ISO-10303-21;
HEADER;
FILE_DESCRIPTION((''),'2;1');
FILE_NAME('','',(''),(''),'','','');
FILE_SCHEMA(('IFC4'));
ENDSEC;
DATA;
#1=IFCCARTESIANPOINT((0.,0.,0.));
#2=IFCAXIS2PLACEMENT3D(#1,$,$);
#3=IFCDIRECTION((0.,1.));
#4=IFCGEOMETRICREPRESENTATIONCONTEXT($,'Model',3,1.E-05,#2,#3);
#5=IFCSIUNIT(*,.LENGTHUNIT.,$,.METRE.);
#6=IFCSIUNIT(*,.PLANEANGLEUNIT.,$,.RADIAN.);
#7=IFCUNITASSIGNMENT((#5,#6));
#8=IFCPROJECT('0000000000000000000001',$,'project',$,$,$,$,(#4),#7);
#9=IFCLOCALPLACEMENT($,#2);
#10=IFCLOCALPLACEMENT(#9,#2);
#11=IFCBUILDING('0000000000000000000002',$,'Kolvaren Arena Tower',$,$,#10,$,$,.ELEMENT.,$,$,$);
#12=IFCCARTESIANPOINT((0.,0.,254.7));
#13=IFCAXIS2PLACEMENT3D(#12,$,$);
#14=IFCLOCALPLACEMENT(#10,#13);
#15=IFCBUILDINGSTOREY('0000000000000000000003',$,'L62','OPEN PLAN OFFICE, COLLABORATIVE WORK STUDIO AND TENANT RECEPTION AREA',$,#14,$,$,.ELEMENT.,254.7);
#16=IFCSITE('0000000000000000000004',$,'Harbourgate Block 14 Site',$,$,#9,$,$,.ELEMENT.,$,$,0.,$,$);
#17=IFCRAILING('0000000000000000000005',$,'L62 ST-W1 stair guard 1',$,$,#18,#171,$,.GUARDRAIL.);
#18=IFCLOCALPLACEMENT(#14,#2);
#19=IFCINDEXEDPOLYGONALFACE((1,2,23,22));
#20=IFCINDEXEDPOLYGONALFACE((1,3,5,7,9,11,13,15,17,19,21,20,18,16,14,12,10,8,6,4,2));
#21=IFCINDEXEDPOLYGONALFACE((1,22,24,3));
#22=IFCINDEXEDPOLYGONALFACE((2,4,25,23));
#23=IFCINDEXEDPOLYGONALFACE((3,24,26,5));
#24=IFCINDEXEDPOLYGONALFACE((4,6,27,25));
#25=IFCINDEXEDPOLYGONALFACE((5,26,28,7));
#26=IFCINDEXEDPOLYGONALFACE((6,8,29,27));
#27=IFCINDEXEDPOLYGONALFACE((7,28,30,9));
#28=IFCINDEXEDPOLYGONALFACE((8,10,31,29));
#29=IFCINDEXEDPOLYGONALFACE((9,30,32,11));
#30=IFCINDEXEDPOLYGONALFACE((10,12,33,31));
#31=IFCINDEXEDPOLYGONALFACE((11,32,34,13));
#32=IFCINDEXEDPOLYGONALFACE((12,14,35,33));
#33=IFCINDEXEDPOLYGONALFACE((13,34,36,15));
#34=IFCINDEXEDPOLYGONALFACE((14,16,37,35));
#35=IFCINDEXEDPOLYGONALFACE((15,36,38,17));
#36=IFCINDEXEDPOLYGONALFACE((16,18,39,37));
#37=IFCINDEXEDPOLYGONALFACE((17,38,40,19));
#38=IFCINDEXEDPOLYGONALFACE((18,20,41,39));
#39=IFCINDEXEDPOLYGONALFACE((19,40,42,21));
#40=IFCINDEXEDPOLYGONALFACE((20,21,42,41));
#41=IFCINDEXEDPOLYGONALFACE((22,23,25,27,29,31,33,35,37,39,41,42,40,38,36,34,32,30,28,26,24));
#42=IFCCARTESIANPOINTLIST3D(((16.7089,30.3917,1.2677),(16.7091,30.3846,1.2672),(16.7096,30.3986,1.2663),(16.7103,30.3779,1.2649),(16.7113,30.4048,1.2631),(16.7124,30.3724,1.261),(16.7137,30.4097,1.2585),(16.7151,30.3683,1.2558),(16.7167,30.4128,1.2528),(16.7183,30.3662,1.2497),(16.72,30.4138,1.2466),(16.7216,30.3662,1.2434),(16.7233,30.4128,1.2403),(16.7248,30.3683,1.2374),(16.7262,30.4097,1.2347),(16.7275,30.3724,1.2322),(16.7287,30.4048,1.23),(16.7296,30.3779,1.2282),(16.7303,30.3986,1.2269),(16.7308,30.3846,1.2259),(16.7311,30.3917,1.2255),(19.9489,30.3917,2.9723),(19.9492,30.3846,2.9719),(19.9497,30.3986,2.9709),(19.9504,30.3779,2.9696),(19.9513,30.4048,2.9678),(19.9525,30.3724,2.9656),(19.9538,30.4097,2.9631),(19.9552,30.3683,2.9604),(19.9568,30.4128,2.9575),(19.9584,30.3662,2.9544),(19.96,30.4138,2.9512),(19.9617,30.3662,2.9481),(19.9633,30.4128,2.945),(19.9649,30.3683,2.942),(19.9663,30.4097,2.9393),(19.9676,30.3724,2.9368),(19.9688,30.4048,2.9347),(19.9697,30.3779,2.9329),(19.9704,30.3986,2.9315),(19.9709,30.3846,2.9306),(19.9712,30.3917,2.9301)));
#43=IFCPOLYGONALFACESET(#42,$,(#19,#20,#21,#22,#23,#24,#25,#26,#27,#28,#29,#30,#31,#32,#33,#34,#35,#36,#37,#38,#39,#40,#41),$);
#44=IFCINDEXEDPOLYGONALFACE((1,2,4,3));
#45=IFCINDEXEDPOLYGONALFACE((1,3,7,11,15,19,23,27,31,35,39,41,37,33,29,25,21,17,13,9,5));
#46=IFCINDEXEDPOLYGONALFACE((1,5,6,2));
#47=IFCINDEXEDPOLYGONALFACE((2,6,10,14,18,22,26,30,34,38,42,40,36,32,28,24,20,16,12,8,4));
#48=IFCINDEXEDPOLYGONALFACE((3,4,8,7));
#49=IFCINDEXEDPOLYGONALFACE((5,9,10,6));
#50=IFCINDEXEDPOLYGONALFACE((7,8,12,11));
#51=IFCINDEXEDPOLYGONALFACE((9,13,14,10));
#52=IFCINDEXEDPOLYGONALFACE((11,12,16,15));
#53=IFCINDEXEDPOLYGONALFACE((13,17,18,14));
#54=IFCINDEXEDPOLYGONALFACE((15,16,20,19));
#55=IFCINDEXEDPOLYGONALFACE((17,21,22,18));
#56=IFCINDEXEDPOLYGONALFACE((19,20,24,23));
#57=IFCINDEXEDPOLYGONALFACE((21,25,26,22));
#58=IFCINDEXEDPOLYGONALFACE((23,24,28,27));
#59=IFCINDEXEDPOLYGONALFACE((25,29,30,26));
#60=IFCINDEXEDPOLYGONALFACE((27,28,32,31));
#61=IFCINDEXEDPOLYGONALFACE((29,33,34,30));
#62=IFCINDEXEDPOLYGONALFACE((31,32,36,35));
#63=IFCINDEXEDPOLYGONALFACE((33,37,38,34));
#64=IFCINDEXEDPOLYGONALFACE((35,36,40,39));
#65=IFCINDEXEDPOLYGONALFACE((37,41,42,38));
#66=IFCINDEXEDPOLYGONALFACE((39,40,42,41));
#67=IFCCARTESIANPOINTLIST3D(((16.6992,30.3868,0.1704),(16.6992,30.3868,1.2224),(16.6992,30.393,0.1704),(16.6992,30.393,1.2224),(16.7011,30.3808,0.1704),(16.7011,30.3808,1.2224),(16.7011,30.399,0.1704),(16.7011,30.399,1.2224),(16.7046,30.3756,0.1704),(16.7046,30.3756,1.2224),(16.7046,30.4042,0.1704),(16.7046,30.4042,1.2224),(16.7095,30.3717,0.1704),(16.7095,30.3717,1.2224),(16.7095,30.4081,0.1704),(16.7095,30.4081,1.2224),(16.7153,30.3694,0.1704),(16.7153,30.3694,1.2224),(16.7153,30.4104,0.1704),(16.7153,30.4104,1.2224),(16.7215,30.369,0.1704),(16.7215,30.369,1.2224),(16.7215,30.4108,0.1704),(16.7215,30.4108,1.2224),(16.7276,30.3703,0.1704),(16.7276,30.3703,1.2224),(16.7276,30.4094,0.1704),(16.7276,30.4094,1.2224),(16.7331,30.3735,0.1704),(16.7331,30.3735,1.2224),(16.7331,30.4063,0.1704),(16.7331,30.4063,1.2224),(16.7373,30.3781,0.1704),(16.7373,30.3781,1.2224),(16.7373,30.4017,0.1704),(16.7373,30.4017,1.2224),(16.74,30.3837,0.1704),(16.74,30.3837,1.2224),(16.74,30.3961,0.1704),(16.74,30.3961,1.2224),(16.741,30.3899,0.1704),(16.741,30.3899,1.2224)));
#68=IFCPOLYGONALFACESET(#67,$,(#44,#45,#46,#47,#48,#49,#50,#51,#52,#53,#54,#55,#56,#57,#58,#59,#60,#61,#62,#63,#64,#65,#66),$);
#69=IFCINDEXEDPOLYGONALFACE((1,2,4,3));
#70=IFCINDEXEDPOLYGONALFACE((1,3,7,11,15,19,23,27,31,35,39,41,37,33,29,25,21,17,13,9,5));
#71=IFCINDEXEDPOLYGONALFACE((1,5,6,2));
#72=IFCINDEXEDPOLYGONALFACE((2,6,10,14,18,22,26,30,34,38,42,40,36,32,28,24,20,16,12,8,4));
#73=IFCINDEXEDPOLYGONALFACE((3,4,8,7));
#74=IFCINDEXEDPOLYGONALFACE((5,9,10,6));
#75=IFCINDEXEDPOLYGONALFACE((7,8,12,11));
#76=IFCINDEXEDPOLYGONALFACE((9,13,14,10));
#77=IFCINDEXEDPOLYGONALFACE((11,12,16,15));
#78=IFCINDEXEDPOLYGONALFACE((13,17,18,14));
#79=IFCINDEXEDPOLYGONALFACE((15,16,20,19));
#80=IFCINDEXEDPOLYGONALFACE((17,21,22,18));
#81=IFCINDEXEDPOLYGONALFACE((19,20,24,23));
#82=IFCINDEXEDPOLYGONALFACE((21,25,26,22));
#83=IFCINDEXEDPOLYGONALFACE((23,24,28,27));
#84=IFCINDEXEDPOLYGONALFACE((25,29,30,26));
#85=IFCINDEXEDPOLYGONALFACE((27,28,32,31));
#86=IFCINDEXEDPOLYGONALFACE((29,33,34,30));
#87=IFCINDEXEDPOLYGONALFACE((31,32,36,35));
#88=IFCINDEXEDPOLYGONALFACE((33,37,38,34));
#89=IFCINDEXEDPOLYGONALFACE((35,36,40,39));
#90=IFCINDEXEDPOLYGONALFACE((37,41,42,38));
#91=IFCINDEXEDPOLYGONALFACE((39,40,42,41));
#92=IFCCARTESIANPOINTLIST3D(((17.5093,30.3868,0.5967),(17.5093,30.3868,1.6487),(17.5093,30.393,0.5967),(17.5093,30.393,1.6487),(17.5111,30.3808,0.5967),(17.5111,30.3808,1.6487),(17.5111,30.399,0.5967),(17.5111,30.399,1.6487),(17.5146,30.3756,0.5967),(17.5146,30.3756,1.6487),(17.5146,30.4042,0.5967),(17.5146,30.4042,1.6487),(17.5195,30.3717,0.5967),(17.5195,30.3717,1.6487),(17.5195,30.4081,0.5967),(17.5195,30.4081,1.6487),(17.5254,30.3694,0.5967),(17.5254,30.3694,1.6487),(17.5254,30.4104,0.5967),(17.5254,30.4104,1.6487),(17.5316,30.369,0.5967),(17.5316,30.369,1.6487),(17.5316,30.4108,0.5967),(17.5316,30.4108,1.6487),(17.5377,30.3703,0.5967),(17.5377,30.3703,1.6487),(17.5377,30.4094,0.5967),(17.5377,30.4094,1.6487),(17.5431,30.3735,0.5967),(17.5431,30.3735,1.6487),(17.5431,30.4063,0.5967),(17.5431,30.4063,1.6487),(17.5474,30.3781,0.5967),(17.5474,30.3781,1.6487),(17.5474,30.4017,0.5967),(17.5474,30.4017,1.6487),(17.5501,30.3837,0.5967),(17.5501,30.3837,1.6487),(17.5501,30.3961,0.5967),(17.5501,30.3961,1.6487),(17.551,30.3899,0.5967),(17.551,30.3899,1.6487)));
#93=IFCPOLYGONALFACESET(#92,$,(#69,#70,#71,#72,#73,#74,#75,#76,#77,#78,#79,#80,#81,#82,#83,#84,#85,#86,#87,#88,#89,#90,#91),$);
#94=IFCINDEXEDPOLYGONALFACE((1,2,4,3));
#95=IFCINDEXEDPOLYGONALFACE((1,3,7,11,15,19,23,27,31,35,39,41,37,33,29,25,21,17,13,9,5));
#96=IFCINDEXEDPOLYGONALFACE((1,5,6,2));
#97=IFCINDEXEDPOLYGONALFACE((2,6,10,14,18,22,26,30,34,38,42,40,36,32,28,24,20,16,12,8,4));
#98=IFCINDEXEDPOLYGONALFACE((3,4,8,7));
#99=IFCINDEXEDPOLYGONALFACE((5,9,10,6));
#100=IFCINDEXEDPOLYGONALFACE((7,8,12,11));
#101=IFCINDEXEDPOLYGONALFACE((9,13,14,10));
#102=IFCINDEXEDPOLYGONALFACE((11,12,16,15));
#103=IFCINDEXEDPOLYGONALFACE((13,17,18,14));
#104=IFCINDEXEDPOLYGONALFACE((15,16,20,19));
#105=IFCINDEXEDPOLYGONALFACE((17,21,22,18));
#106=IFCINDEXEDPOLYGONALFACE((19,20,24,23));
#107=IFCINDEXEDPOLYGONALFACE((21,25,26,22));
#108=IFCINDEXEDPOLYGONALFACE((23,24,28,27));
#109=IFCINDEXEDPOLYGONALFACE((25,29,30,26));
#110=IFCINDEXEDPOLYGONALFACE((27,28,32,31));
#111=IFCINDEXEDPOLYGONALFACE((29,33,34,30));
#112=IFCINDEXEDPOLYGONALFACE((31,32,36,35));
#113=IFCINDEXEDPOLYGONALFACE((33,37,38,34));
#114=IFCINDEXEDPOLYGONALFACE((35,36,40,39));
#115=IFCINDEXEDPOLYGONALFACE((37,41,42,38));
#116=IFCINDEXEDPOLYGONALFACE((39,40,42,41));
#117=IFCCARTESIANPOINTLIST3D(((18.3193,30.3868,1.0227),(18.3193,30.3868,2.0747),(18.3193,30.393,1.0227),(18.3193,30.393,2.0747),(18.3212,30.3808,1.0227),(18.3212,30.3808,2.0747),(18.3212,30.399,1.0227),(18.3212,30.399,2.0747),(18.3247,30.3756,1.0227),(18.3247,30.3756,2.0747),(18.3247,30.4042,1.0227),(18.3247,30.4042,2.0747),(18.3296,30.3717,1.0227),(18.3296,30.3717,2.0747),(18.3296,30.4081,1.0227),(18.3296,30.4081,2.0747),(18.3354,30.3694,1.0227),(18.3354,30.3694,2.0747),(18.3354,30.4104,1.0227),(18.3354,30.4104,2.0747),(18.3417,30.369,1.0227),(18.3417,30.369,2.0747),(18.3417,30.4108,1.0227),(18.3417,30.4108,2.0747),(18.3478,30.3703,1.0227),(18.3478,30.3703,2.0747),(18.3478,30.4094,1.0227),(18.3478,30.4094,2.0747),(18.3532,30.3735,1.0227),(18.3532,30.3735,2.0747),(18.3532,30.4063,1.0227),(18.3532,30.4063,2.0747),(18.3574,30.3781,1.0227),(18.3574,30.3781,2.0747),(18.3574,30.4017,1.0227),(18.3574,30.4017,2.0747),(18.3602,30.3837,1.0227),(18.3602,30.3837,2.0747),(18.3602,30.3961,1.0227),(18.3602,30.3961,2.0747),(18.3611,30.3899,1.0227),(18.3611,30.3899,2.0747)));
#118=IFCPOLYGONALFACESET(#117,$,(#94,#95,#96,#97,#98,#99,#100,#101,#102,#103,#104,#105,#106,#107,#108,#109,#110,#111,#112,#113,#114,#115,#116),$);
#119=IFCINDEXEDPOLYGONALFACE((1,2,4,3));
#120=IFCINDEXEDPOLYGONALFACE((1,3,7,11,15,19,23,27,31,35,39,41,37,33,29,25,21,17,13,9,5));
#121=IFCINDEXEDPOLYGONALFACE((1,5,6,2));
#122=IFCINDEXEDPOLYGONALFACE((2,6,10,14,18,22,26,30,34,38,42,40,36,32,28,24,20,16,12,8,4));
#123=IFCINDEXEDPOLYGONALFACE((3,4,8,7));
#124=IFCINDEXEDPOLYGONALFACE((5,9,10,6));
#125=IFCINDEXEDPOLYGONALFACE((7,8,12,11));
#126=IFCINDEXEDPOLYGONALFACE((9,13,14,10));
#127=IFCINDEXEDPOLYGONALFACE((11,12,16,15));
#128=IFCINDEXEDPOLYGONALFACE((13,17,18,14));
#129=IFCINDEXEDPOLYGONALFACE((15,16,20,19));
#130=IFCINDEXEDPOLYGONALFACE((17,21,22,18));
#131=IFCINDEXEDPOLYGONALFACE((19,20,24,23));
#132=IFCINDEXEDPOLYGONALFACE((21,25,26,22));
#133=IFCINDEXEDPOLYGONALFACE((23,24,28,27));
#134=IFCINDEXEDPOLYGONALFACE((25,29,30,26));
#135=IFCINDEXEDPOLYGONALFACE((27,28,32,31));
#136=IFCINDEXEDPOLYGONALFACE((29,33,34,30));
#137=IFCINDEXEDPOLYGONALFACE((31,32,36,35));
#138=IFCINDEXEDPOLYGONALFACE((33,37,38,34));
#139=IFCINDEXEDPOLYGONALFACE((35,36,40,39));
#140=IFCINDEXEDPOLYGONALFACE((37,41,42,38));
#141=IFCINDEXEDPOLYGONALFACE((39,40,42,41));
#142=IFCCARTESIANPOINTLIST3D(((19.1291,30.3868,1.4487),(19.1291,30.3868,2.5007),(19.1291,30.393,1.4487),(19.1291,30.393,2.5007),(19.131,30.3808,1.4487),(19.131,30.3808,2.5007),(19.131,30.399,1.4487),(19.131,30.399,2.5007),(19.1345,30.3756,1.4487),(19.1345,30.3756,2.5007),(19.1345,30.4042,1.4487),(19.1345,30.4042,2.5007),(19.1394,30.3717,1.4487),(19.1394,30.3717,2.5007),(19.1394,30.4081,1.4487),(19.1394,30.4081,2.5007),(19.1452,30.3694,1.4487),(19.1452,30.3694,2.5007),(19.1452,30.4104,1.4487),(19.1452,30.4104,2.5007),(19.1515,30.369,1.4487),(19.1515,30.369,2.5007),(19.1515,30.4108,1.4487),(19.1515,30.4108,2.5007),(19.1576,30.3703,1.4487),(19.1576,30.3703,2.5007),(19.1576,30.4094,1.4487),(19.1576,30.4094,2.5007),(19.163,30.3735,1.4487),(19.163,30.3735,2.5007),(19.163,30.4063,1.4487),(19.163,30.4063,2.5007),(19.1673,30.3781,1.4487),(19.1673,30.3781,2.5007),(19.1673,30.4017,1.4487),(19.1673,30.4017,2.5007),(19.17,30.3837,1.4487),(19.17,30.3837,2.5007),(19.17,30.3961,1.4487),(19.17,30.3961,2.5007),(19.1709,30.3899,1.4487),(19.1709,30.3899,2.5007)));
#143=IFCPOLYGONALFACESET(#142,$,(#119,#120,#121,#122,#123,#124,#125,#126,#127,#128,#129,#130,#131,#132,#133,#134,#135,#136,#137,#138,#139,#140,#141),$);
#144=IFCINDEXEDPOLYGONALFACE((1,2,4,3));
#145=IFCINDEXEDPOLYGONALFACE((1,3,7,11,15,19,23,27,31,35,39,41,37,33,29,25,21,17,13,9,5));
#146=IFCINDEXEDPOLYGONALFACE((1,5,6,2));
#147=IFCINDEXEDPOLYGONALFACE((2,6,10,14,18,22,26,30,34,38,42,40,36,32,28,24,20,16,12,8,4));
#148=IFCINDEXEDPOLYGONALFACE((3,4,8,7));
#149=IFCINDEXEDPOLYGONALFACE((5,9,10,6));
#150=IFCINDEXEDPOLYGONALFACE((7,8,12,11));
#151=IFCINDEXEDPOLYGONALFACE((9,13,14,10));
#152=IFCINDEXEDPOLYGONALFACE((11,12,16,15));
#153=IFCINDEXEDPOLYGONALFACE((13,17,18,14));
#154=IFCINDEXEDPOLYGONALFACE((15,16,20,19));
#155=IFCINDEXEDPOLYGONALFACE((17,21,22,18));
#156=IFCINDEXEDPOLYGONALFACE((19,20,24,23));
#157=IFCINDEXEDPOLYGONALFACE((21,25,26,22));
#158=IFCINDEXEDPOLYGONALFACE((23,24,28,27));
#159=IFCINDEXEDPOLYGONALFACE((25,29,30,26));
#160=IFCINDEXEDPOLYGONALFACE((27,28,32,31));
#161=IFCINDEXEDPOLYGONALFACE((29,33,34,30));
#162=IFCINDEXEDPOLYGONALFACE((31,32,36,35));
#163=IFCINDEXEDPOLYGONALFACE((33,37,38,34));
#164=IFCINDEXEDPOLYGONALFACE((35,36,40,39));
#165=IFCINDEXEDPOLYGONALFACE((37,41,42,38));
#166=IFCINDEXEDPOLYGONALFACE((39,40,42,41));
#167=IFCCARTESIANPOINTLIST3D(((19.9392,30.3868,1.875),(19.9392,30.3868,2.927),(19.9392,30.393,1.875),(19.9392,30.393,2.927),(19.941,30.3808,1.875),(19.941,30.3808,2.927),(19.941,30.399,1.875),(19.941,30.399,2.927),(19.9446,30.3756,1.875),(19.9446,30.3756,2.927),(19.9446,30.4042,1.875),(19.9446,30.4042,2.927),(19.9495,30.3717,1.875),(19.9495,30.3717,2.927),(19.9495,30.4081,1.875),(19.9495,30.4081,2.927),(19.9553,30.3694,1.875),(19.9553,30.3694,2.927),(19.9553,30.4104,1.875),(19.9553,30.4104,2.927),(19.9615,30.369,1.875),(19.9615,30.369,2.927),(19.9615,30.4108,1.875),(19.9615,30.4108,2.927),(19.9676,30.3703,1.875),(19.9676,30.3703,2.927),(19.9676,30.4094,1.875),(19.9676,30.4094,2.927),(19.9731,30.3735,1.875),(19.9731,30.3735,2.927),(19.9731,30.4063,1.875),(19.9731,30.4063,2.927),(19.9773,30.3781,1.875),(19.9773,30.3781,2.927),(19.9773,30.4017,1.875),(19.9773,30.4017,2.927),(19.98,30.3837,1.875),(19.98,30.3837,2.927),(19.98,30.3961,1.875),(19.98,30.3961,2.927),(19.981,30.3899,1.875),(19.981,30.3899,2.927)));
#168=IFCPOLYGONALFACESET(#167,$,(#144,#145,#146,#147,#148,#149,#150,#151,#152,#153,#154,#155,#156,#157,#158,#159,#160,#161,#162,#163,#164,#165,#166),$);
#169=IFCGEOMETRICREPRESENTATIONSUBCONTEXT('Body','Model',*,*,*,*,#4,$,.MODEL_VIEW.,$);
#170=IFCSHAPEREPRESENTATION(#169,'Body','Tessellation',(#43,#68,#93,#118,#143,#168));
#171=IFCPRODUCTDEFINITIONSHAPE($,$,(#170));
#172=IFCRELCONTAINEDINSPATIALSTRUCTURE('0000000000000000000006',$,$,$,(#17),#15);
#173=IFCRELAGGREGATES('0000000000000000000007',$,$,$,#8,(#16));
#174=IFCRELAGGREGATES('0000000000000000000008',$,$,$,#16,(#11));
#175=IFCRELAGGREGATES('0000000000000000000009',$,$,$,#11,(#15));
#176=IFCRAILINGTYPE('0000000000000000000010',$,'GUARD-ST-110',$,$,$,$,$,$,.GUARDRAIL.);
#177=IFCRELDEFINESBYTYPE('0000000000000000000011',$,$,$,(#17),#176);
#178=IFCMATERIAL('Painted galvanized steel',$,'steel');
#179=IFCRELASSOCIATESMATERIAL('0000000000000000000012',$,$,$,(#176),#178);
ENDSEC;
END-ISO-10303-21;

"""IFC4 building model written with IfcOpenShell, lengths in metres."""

from ifc_helpers import new_model, si_unit, direction, frame, origin, origin_2d, place, context, subcontext, project, spatial, circle, extrude, material, type_object, element, save


model = new_model("IFC4")

# Units and contexts
model_context = context("Model", 3, precision=1e-05, world=origin(), true_north=direction((0.0, 1.0)))
body_context = subcontext(model_context, "Body", "Model", "MODEL_VIEW")
ifc_project = project(units=[si_unit("LENGTHUNIT", "METRE"), si_unit("PLANEANGLEUNIT", "RADIAN")], contexts=[model_context])

# Site, building, storey
site_placement = place(None, origin())
site = spatial("IfcSite", under=ifc_project, at=site_placement, Name="Harbourgate Block 14 Site", CompositionType="ELEMENT", RefElevation=0.0)
building_placement = place(site_placement, origin())
building = spatial("IfcBuilding", under=site, at=building_placement, Name="Kolvaren Arena Tower", CompositionType="ELEMENT")
storey_placement = place(building_placement, frame((0.0, 0.0, 254.7)))
storey = spatial("IfcBuildingStorey", under=building, at=storey_placement, Name="L62", Description="OPEN PLAN OFFICE, COLLABORATIVE WORK STUDIO AND TENANT RECEPTION AREA", CompositionType="ELEMENT", Elevation=254.7)

# Railing
ifc_material_1 = material(Name="Painted galvanized steel", Category="steel")
railing_type_1 = type_object("IfcRailingType", Name="GUARD-ST-110", PredefinedType="GUARDRAIL", material=ifc_material_1)
railing_1_placement = place(storey_placement, frame((16.72, 30.3899, 0.1704)))
element("IfcRailing", 1, at=railing_1_placement, inside=storey, type_object=railing_type_1, Name="L62 ST-W1 stair guard 1", PredefinedType="GUARDRAIL", context=body_context, shape_type="SweptSolid", body=[
    extrude(circle(Radius=0.0239, at=origin_2d()), frame((0.0, 0.0, 1.0762), z_axis=(0.884993, 0.0, 0.465604), x_axis=(0.0, 1.0, 0.0)), (0.0, 0.0, 1.0), 3.6611),
    extrude(circle(Radius=0.021, at=origin_2d()), origin(), (0.0, 0.0, 1.0), 1.052),
    extrude(circle(Radius=0.021, at=origin_2d()), frame((0.8101, 0.0, 0.4263)), (0.0, 0.0, 1.0), 1.052),
    extrude(circle(Radius=0.021, at=origin_2d()), frame((1.6201, 0.0, 0.8523)), (0.0, 0.0, 1.0), 1.052),
    extrude(circle(Radius=0.021, at=origin_2d()), frame((2.4299, 0.0, 1.2783)), (0.0, 0.0, 1.0), 1.052),
    extrude(circle(Radius=0.021, at=origin_2d()), frame((3.24, 0.0, 1.7046)), (0.0, 0.0, 1.0), 1.052),
])

save(model, "model.ifc")
